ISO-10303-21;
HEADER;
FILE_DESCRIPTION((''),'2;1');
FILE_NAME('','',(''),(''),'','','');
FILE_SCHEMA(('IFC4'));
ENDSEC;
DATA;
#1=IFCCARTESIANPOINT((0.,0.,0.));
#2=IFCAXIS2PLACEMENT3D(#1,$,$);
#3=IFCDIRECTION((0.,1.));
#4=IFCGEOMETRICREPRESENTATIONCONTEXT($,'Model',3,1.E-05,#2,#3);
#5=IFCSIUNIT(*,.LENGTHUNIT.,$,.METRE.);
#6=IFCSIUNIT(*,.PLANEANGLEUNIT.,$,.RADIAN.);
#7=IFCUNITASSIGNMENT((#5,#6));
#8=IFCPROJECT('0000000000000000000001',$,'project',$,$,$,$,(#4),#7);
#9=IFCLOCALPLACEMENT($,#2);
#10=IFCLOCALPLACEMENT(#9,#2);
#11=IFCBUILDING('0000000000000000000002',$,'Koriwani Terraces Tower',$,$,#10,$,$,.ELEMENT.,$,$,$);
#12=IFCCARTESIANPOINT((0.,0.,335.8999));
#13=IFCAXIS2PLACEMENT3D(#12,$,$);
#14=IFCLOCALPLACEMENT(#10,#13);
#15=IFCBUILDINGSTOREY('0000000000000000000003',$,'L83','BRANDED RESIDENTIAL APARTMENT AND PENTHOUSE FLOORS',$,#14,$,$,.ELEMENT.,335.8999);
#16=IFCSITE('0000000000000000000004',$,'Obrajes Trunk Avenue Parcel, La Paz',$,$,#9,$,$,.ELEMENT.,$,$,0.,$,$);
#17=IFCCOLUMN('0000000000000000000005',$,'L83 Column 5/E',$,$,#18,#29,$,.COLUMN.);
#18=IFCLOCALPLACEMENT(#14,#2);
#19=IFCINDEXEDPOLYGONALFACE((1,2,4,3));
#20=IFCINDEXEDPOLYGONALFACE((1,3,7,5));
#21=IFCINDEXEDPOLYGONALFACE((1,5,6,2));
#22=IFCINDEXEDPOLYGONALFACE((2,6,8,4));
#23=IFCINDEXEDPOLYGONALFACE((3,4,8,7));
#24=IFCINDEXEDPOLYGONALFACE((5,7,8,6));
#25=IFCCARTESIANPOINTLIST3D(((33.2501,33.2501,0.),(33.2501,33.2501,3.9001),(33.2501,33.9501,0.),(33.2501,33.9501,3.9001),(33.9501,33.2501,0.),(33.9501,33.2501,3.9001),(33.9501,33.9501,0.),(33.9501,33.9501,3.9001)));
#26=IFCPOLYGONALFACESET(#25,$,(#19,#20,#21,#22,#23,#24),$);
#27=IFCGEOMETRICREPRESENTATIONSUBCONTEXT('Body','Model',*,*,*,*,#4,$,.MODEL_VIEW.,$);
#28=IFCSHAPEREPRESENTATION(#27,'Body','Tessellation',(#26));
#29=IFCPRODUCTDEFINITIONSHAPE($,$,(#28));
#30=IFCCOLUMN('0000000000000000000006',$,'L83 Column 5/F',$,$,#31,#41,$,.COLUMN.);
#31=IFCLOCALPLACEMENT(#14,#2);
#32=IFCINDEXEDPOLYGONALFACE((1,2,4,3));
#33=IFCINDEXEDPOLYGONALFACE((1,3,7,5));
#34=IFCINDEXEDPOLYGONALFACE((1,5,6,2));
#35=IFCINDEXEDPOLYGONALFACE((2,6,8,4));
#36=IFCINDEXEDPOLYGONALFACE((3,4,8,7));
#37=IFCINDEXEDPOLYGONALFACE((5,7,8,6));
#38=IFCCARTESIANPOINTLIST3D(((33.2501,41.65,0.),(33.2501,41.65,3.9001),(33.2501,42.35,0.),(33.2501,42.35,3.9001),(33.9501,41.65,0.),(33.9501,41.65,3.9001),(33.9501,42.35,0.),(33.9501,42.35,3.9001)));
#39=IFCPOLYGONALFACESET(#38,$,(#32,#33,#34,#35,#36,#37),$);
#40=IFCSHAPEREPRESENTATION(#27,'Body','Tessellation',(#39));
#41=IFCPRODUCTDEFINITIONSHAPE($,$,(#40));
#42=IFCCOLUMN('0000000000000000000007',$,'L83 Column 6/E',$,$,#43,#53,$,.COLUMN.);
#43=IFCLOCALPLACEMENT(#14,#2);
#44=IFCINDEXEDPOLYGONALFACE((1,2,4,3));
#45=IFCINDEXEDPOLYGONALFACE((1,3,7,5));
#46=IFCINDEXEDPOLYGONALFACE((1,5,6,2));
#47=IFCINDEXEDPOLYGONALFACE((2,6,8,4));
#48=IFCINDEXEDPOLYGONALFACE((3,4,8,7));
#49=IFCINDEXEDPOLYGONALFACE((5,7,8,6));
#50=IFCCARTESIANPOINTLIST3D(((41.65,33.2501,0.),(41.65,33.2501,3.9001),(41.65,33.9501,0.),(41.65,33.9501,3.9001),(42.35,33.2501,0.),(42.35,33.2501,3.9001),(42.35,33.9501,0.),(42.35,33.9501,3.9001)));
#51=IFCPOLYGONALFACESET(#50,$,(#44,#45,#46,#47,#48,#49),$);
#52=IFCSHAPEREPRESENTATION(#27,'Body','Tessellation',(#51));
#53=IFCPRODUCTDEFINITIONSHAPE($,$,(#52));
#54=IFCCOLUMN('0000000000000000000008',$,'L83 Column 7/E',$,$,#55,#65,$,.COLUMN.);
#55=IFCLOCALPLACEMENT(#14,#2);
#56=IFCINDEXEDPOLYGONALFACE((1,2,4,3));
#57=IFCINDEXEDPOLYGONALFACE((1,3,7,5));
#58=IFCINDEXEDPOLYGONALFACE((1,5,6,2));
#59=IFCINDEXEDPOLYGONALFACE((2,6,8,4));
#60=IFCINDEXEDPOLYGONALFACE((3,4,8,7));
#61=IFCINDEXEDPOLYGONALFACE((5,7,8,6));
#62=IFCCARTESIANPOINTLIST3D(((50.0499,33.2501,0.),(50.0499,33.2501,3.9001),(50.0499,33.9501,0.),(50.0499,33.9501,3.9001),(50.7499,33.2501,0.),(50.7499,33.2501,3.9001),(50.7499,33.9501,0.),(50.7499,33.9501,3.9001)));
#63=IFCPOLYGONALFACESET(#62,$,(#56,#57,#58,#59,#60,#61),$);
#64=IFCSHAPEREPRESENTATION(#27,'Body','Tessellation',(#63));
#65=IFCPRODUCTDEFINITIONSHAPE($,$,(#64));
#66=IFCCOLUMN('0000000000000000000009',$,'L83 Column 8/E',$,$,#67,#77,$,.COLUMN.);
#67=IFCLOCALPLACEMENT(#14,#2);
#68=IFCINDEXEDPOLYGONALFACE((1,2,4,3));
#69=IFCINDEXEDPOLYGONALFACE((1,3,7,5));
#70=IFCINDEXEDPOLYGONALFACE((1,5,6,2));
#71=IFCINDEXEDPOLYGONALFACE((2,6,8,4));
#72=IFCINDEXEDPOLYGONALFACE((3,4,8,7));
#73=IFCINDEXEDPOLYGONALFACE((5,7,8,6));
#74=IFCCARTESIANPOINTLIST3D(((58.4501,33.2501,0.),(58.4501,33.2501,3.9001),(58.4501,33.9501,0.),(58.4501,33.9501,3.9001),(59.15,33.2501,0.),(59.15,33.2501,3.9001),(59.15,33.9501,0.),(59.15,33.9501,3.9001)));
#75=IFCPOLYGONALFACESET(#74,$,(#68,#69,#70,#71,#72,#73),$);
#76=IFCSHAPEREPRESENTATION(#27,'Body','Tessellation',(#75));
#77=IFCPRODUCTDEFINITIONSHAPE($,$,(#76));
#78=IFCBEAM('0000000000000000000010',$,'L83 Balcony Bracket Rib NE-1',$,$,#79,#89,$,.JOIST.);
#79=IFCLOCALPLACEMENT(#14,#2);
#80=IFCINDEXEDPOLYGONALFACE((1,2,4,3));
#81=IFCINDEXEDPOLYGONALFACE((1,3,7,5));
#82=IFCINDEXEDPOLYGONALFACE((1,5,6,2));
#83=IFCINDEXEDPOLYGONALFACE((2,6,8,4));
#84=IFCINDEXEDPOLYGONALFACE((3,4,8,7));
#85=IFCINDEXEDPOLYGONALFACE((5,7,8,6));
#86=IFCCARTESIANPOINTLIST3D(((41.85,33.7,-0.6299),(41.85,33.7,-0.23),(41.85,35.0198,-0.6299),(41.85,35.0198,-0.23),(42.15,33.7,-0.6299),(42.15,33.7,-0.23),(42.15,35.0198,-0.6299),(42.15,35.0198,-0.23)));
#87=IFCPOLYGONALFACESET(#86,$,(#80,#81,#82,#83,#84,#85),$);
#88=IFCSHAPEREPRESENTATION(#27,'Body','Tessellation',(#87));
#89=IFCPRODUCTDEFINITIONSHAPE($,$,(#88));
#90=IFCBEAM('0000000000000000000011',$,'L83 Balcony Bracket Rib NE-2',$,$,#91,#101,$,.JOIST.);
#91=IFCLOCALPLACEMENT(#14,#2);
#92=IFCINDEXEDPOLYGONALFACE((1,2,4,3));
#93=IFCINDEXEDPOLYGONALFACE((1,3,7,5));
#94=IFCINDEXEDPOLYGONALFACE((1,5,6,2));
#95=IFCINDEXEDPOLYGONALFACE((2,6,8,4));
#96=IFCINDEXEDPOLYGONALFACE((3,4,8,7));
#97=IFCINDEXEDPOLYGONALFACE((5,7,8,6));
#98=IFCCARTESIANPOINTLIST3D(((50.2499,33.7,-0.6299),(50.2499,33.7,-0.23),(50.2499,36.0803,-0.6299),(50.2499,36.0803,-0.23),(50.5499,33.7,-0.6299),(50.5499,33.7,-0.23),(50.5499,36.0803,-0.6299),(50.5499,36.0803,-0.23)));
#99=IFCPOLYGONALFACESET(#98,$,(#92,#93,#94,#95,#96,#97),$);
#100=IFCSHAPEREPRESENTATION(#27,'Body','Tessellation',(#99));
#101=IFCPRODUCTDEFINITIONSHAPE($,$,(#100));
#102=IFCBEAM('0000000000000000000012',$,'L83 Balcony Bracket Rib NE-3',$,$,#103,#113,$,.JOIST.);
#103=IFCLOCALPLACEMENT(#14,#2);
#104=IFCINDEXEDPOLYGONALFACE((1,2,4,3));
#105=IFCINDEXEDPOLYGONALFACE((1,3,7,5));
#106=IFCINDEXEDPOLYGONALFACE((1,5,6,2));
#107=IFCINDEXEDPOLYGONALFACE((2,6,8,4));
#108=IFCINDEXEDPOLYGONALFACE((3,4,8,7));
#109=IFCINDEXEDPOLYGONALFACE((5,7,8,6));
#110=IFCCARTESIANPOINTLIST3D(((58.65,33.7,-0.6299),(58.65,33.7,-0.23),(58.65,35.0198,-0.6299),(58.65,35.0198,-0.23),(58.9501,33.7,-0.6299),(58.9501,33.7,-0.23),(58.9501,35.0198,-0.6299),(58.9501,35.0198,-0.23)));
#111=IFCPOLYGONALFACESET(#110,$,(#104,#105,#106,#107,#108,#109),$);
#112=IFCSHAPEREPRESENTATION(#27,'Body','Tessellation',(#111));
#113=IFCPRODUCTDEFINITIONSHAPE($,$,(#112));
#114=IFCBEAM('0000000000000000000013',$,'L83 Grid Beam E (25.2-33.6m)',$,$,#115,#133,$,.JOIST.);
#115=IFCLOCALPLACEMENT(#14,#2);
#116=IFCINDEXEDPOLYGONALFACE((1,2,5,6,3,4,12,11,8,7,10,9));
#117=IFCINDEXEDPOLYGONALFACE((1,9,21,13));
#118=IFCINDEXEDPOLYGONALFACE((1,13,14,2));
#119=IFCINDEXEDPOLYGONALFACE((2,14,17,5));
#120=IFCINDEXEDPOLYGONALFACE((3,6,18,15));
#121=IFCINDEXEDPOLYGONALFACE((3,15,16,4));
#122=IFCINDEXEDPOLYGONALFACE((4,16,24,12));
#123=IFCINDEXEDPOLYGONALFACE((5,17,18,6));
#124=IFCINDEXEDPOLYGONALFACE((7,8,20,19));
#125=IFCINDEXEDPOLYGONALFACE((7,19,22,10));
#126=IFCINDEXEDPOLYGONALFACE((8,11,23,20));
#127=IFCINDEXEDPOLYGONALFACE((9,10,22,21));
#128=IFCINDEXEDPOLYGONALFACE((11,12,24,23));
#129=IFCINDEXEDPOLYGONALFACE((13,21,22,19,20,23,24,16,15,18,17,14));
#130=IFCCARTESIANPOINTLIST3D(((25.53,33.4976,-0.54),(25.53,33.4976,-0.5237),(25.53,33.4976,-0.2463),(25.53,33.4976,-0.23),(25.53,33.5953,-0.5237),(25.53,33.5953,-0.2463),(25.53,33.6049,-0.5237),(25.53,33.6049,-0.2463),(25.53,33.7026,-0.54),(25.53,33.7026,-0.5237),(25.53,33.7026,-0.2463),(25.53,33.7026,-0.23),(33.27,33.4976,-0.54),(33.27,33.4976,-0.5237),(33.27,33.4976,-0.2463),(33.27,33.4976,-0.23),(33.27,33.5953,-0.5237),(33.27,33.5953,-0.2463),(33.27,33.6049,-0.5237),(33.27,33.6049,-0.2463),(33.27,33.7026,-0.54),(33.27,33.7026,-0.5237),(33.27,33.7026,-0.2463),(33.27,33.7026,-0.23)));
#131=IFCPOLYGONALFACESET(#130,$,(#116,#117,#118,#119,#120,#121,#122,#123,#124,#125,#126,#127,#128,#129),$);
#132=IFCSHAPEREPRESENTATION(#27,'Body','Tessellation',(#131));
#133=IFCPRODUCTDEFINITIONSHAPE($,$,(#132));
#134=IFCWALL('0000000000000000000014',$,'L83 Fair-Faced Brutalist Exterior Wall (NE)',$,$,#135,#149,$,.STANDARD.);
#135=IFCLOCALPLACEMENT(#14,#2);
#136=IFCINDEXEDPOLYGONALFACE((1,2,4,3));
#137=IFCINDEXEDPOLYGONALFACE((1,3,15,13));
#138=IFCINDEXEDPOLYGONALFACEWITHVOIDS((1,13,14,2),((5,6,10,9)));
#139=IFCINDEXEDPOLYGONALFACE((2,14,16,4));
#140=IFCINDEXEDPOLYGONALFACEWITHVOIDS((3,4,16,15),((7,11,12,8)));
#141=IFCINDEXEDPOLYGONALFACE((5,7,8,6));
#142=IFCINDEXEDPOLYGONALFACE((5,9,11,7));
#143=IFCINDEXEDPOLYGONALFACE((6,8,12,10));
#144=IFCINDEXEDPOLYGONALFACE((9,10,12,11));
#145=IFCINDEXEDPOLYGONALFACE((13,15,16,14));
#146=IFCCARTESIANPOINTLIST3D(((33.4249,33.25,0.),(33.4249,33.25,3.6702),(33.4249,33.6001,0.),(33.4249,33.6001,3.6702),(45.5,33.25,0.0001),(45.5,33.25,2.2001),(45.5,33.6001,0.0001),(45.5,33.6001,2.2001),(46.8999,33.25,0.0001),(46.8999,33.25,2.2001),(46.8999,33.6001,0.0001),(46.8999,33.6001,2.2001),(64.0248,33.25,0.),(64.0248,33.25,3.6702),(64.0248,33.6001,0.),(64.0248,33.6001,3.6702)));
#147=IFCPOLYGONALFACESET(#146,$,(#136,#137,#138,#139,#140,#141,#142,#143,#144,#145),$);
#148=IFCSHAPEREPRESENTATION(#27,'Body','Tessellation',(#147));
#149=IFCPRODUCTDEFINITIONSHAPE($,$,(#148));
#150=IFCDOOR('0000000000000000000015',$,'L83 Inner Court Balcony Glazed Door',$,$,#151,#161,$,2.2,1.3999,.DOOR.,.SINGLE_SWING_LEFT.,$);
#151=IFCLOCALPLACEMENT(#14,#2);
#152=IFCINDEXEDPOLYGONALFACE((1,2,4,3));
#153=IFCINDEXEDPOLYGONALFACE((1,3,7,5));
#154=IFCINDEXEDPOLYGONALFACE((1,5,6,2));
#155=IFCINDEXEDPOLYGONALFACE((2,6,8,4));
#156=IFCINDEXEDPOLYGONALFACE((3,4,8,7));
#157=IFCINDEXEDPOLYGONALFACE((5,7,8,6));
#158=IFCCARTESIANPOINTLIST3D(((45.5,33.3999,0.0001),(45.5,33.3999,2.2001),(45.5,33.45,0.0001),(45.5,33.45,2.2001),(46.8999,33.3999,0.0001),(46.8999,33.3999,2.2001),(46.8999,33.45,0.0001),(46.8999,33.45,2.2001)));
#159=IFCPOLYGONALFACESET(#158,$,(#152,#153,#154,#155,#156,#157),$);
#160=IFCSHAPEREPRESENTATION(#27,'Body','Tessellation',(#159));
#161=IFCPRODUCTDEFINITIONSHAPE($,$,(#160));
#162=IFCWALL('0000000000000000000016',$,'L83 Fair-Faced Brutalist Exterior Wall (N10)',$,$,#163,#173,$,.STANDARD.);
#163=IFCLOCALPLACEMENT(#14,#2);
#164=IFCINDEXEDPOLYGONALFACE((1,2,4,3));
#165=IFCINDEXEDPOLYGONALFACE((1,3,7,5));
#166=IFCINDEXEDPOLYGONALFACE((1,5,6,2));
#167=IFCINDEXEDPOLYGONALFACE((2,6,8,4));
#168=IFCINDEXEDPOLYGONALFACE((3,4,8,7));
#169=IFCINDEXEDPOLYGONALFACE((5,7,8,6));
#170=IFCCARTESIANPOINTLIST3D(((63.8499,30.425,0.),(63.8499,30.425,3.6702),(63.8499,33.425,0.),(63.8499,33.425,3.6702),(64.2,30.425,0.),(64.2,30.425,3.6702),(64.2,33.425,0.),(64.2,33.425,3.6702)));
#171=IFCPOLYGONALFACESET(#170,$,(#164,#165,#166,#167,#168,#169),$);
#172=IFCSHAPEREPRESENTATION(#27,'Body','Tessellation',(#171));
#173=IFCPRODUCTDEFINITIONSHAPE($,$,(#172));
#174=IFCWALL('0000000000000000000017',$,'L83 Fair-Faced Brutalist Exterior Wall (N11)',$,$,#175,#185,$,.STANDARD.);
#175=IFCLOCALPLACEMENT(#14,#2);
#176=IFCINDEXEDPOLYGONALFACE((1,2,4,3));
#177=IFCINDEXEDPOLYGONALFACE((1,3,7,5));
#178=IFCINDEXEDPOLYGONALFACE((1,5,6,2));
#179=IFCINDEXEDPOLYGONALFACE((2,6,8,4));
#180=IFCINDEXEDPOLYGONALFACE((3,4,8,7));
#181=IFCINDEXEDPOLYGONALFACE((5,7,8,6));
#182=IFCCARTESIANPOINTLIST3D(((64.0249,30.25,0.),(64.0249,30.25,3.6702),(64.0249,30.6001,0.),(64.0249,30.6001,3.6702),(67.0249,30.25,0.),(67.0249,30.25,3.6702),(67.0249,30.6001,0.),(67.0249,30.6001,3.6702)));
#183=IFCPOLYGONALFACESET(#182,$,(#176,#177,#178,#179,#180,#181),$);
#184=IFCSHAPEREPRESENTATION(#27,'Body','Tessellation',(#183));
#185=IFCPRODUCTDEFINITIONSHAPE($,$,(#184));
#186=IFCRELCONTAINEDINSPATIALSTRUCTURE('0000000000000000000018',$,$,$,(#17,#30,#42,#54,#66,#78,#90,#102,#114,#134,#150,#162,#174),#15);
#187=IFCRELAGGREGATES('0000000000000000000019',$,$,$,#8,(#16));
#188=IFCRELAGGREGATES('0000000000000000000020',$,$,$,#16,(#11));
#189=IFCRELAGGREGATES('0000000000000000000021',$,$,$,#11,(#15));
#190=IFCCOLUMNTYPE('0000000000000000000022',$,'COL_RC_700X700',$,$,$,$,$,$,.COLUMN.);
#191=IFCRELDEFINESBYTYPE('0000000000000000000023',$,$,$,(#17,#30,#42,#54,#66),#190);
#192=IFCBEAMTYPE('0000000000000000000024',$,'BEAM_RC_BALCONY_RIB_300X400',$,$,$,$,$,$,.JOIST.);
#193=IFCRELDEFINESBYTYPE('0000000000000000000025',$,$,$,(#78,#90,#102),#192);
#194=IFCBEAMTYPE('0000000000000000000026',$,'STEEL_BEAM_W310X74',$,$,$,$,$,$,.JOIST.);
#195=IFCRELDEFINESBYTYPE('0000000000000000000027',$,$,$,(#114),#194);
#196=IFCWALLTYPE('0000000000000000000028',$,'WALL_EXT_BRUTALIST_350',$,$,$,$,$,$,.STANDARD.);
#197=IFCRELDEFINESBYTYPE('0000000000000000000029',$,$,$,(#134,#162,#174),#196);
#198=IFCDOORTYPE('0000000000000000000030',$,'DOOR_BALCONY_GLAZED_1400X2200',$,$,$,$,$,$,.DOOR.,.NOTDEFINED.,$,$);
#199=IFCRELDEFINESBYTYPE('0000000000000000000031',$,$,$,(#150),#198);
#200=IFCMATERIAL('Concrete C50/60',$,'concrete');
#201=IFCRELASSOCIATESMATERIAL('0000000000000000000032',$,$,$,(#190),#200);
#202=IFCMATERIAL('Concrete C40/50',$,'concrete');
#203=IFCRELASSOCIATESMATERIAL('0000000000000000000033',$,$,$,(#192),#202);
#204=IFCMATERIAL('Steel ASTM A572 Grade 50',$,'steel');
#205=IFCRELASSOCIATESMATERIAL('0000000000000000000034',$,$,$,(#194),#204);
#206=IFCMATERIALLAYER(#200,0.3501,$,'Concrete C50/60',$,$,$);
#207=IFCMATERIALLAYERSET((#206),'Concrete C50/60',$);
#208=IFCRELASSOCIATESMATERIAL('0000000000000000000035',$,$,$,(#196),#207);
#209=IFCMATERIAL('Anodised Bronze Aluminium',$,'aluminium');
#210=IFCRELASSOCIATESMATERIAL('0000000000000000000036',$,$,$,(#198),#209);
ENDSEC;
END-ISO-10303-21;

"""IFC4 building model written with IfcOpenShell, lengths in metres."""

from ifc_helpers import new_model, si_unit, direction, frame, frame_2d, origin, origin_2d, place, context, subcontext, project, spatial, rectangle, i_section, extrude, material, layer, layer_set, material_profile, profile_set, type_object, element, fill, save


model = new_model("IFC4")

# Units and contexts
model_context = context("Model", 3, precision=1e-05, world=origin(), true_north=direction((0.0, 1.0)))
body_context = subcontext(model_context, "Body", "Model", "MODEL_VIEW")
ifc_project = project(units=[si_unit("LENGTHUNIT", "METRE"), si_unit("PLANEANGLEUNIT", "RADIAN")], contexts=[model_context])

# Site, building, storey
site_placement = place(None, origin())
site = spatial("IfcSite", under=ifc_project, at=site_placement, Name="Obrajes Trunk Avenue Parcel, La Paz", CompositionType="ELEMENT", RefElevation=0.0)
building_placement = place(site_placement, origin())
building = spatial("IfcBuilding", under=site, at=building_placement, Name="Koriwani Terraces Tower", CompositionType="ELEMENT")
storey_placement = place(building_placement, frame((0.0, 0.0, 335.8999)))
storey = spatial("IfcBuildingStorey", under=building, at=storey_placement, Name="L83", Description="BRANDED RESIDENTIAL APARTMENT AND PENTHOUSE FLOORS", CompositionType="ELEMENT", Elevation=335.8999)

# Columns
ifc_material_1 = material(Name="Concrete C50/60", Category="concrete")
ifc_material_profile_1 = material_profile(ifc_material_1, rectangle(XDim=0.7, YDim=0.7, at=origin_2d()), Name="Concrete C50/60", Category="LoadBearing")
ifc_profile_set_1 = profile_set([ifc_material_profile_1], Name="Concrete C50/60")
column_type = type_object("IfcColumnType", Name="COL_RC_700X700", PredefinedType="COLUMN", material=ifc_profile_set_1)
for number, where, z_axis, x_axis, name in (
    (1, (33.6001, 33.6001, 0.0), (0.0, 0.0, 1.0), (1.0, 0.0, 0.0), "L83 Column 5/E"),
    (2, (33.6001, 42.0, 0.0), (0.0, 0.0, 1.0), (1.0, 0.0, 0.0), "L83 Column 5/F"),
    (3, (42.0, 33.6001, 0.0), (0.0, 0.0, 1.0), (1.0, 0.0, 0.0), "L83 Column 6/E"),
    (4, (50.3999, 33.6001, 0.0), (0.0, 0.0, 1.0), (1.0, 0.0, 0.0), "L83 Column 7/E"),
    (5, (58.8, 33.6001, 0.0), (0.0, 0.0, 1.0), (1.0, 0.0, 0.0), "L83 Column 8/E"),
):
    element("IfcColumn", number, at=place(storey_placement, frame(where, z_axis=z_axis, x_axis=x_axis)), inside=storey, type_object=column_type, Name=name, PredefinedType="COLUMN", context=body_context, shape_type="SweptSolid", body=[
        extrude(rectangle(XDim=0.7, YDim=0.7, at=origin_2d()), origin(), (0.0, 0.0, 1.0), 3.9001),
    ])

# Beams
ifc_material_2 = material(Name="Concrete C40/50", Category="concrete")
ifc_material_profile_2 = material_profile(ifc_material_2, rectangle(XDim=0.3, YDim=0.3999, at=origin_2d()), Name="Concrete C40/50", Category="LoadBearing")
ifc_profile_set_2 = profile_set([ifc_material_profile_2], Name="Concrete C40/50")
beam_type_1 = type_object("IfcBeamType", Name="BEAM_RC_BALCONY_RIB_300X400", PredefinedType="JOIST", material=ifc_profile_set_2)
beam_1_placement = place(storey_placement, frame((42.0, 33.7, -0.4299), z_axis=(0.0, 1.0, 0.0), x_axis=(-1.0, 0.0, 0.0)))
element("IfcBeam", 6, at=beam_1_placement, inside=storey, type_object=beam_type_1, Name="L83 Balcony Bracket Rib NE-1", PredefinedType="JOIST", context=body_context, shape_type="SweptSolid", body=[
    extrude(rectangle(XDim=0.3, YDim=0.3999, at=origin_2d()), origin(), (0.0, 0.0, 1.0), 1.3198),
])
beam_2_placement = place(storey_placement, frame((50.3999, 33.7, -0.4299), z_axis=(0.0, 1.0, 0.0), x_axis=(-1.0, 0.0, 0.0)))
element("IfcBeam", 7, at=beam_2_placement, inside=storey, type_object=beam_type_1, Name="L83 Balcony Bracket Rib NE-2", PredefinedType="JOIST", context=body_context, shape_type="SweptSolid", body=[
    extrude(rectangle(XDim=0.3, YDim=0.3999, at=origin_2d()), origin(), (0.0, 0.0, 1.0), 2.3804),
])
beam_3_placement = place(storey_placement, frame((58.8, 33.7, -0.4299), z_axis=(0.0, 1.0, 0.0), x_axis=(-1.0, 0.0, 0.0)))
element("IfcBeam", 8, at=beam_3_placement, inside=storey, type_object=beam_type_1, Name="L83 Balcony Bracket Rib NE-3", PredefinedType="JOIST", context=body_context, shape_type="SweptSolid", body=[
    extrude(rectangle(XDim=0.3, YDim=0.3999, at=origin_2d()), origin(), (0.0, 0.0, 1.0), 1.3198),
])
ifc_material_3 = material(Name="Steel ASTM A572 Grade 50", Category="steel")
ifc_material_profile_3 = material_profile(ifc_material_3, i_section(OverallWidth=0.2051, OverallDepth=0.3101, WebThickness=0.0095, FlangeThickness=0.0164, at=origin_2d()), Name="Steel ASTM A572 Grade 50", Category="LoadBearing")
ifc_profile_set_3 = profile_set([ifc_material_profile_3], Name="Steel ASTM A572 Grade 50")
beam_type_2 = type_object("IfcBeamType", Name="STEEL_BEAM_W310X74", PredefinedType="JOIST", material=ifc_profile_set_3)
beam_4_placement = place(storey_placement, frame((25.53, 33.6001, -0.385), z_axis=(1.0, 0.0, 0.0), x_axis=(0.0, 1.0, 0.0)))
element("IfcBeam", 9, at=beam_4_placement, inside=storey, type_object=beam_type_2, Name="L83 Grid Beam E (25.2-33.6m)", PredefinedType="JOIST", context=body_context, shape_type="SweptSolid", body=[
    extrude(i_section(OverallWidth=0.2051, OverallDepth=0.3101, WebThickness=0.0095, FlangeThickness=0.0164, at=origin_2d()), origin(), (0.0, 0.0, 1.0), 7.74),
])

# Wall, opening, door
ifc_layer_1 = layer(ifc_material_1, 0.3501, Name="Concrete C50/60")
ifc_layer_set_1 = layer_set([ifc_layer_1], Name="Concrete C50/60")
wall_type_1 = type_object("IfcWallType", Name="WALL_EXT_BRUTALIST_350", PredefinedType="STANDARD", material=ifc_layer_set_1)
wall_1_placement = place(storey_placement, frame((33.425, 33.425, 0.0), z_axis=(0.0, 0.0, 1.0), x_axis=(1.0, 0.0, 0.0)))
wall_1 = element("IfcWall", 10, at=wall_1_placement, inside=storey, type_object=wall_type_1, Name="L83 Fair-Faced Brutalist Exterior Wall (NE)", PredefinedType="STANDARD", context=body_context, shape_type="SweptSolid", body=[
    extrude(rectangle(XDim=30.5999, YDim=0.3501, at=frame_2d((15.2998, 0.0))), origin(), (0.0, 0.0, 1.0), 3.6702),
])
opening_1_placement = place(wall_1_placement, frame((12.075, 0.0, 0.0)))
opening_1 = element("IfcOpeningElement", 11, at=opening_1_placement, cuts=wall_1, PredefinedType="OPENING", context=body_context, shape_type="SweptSolid", body=[
    extrude(rectangle(XDim=1.3999, YDim=2.2, at=frame_2d((0.7, 1.1001))), frame((0.0, 0.1851, 0.0), z_axis=(0.0, -1.0, 0.0), x_axis=(1.0, 0.0, 0.0)), (0.0, 0.0, 1.0), 0.3701),
])
ifc_material_4 = material(Name="Anodised Bronze Aluminium", Category="aluminium")
door_type_1 = type_object("IfcDoorType", Name="DOOR_BALCONY_GLAZED_1400X2200", OperationType="NOTDEFINED", PredefinedType="DOOR", material=ifc_material_4)
door_1_placement = place(opening_1_placement, origin())
door_1 = element("IfcDoor", 12, at=door_1_placement, inside=storey, type_object=door_type_1, Name="L83 Inner Court Balcony Glazed Door", OperationType="SINGLE_SWING_LEFT", OverallHeight=2.2, OverallWidth=1.3999, PredefinedType="DOOR", context=body_context, shape_type="SweptSolid", body=[
    extrude(rectangle(XDim=1.3999, YDim=2.2, at=frame_2d((0.7, 1.1001))), frame((0.0, 0.0249, 0.0), z_axis=(0.0, -1.0, 0.0), x_axis=(1.0, 0.0, 0.0)), (0.0, 0.0, 1.0), 0.05),
])
fill(opening_1, door_1)

# Walls
for number, where, z_axis, x_axis, name in (
    (13, (64.0249, 33.425, 0.0), (0.0, 0.0, 1.0), (0.0, -1.0, 0.0), "L83 Fair-Faced Brutalist Exterior Wall (N10)"),
    (14, (64.0249, 30.425, 0.0), (0.0, 0.0, 1.0), (1.0, 0.0, 0.0), "L83 Fair-Faced Brutalist Exterior Wall (N11)"),
):
    element("IfcWall", number, at=place(storey_placement, frame(where, z_axis=z_axis, x_axis=x_axis)), inside=storey, type_object=wall_type_1, Name=name, PredefinedType="STANDARD", context=body_context, shape_type="SweptSolid", body=[
        extrude(rectangle(XDim=3.0, YDim=0.3501, at=frame_2d((1.5, 0.0))), origin(), (0.0, 0.0, 1.0), 3.6702),
    ])

save(model, "model.ifc")
